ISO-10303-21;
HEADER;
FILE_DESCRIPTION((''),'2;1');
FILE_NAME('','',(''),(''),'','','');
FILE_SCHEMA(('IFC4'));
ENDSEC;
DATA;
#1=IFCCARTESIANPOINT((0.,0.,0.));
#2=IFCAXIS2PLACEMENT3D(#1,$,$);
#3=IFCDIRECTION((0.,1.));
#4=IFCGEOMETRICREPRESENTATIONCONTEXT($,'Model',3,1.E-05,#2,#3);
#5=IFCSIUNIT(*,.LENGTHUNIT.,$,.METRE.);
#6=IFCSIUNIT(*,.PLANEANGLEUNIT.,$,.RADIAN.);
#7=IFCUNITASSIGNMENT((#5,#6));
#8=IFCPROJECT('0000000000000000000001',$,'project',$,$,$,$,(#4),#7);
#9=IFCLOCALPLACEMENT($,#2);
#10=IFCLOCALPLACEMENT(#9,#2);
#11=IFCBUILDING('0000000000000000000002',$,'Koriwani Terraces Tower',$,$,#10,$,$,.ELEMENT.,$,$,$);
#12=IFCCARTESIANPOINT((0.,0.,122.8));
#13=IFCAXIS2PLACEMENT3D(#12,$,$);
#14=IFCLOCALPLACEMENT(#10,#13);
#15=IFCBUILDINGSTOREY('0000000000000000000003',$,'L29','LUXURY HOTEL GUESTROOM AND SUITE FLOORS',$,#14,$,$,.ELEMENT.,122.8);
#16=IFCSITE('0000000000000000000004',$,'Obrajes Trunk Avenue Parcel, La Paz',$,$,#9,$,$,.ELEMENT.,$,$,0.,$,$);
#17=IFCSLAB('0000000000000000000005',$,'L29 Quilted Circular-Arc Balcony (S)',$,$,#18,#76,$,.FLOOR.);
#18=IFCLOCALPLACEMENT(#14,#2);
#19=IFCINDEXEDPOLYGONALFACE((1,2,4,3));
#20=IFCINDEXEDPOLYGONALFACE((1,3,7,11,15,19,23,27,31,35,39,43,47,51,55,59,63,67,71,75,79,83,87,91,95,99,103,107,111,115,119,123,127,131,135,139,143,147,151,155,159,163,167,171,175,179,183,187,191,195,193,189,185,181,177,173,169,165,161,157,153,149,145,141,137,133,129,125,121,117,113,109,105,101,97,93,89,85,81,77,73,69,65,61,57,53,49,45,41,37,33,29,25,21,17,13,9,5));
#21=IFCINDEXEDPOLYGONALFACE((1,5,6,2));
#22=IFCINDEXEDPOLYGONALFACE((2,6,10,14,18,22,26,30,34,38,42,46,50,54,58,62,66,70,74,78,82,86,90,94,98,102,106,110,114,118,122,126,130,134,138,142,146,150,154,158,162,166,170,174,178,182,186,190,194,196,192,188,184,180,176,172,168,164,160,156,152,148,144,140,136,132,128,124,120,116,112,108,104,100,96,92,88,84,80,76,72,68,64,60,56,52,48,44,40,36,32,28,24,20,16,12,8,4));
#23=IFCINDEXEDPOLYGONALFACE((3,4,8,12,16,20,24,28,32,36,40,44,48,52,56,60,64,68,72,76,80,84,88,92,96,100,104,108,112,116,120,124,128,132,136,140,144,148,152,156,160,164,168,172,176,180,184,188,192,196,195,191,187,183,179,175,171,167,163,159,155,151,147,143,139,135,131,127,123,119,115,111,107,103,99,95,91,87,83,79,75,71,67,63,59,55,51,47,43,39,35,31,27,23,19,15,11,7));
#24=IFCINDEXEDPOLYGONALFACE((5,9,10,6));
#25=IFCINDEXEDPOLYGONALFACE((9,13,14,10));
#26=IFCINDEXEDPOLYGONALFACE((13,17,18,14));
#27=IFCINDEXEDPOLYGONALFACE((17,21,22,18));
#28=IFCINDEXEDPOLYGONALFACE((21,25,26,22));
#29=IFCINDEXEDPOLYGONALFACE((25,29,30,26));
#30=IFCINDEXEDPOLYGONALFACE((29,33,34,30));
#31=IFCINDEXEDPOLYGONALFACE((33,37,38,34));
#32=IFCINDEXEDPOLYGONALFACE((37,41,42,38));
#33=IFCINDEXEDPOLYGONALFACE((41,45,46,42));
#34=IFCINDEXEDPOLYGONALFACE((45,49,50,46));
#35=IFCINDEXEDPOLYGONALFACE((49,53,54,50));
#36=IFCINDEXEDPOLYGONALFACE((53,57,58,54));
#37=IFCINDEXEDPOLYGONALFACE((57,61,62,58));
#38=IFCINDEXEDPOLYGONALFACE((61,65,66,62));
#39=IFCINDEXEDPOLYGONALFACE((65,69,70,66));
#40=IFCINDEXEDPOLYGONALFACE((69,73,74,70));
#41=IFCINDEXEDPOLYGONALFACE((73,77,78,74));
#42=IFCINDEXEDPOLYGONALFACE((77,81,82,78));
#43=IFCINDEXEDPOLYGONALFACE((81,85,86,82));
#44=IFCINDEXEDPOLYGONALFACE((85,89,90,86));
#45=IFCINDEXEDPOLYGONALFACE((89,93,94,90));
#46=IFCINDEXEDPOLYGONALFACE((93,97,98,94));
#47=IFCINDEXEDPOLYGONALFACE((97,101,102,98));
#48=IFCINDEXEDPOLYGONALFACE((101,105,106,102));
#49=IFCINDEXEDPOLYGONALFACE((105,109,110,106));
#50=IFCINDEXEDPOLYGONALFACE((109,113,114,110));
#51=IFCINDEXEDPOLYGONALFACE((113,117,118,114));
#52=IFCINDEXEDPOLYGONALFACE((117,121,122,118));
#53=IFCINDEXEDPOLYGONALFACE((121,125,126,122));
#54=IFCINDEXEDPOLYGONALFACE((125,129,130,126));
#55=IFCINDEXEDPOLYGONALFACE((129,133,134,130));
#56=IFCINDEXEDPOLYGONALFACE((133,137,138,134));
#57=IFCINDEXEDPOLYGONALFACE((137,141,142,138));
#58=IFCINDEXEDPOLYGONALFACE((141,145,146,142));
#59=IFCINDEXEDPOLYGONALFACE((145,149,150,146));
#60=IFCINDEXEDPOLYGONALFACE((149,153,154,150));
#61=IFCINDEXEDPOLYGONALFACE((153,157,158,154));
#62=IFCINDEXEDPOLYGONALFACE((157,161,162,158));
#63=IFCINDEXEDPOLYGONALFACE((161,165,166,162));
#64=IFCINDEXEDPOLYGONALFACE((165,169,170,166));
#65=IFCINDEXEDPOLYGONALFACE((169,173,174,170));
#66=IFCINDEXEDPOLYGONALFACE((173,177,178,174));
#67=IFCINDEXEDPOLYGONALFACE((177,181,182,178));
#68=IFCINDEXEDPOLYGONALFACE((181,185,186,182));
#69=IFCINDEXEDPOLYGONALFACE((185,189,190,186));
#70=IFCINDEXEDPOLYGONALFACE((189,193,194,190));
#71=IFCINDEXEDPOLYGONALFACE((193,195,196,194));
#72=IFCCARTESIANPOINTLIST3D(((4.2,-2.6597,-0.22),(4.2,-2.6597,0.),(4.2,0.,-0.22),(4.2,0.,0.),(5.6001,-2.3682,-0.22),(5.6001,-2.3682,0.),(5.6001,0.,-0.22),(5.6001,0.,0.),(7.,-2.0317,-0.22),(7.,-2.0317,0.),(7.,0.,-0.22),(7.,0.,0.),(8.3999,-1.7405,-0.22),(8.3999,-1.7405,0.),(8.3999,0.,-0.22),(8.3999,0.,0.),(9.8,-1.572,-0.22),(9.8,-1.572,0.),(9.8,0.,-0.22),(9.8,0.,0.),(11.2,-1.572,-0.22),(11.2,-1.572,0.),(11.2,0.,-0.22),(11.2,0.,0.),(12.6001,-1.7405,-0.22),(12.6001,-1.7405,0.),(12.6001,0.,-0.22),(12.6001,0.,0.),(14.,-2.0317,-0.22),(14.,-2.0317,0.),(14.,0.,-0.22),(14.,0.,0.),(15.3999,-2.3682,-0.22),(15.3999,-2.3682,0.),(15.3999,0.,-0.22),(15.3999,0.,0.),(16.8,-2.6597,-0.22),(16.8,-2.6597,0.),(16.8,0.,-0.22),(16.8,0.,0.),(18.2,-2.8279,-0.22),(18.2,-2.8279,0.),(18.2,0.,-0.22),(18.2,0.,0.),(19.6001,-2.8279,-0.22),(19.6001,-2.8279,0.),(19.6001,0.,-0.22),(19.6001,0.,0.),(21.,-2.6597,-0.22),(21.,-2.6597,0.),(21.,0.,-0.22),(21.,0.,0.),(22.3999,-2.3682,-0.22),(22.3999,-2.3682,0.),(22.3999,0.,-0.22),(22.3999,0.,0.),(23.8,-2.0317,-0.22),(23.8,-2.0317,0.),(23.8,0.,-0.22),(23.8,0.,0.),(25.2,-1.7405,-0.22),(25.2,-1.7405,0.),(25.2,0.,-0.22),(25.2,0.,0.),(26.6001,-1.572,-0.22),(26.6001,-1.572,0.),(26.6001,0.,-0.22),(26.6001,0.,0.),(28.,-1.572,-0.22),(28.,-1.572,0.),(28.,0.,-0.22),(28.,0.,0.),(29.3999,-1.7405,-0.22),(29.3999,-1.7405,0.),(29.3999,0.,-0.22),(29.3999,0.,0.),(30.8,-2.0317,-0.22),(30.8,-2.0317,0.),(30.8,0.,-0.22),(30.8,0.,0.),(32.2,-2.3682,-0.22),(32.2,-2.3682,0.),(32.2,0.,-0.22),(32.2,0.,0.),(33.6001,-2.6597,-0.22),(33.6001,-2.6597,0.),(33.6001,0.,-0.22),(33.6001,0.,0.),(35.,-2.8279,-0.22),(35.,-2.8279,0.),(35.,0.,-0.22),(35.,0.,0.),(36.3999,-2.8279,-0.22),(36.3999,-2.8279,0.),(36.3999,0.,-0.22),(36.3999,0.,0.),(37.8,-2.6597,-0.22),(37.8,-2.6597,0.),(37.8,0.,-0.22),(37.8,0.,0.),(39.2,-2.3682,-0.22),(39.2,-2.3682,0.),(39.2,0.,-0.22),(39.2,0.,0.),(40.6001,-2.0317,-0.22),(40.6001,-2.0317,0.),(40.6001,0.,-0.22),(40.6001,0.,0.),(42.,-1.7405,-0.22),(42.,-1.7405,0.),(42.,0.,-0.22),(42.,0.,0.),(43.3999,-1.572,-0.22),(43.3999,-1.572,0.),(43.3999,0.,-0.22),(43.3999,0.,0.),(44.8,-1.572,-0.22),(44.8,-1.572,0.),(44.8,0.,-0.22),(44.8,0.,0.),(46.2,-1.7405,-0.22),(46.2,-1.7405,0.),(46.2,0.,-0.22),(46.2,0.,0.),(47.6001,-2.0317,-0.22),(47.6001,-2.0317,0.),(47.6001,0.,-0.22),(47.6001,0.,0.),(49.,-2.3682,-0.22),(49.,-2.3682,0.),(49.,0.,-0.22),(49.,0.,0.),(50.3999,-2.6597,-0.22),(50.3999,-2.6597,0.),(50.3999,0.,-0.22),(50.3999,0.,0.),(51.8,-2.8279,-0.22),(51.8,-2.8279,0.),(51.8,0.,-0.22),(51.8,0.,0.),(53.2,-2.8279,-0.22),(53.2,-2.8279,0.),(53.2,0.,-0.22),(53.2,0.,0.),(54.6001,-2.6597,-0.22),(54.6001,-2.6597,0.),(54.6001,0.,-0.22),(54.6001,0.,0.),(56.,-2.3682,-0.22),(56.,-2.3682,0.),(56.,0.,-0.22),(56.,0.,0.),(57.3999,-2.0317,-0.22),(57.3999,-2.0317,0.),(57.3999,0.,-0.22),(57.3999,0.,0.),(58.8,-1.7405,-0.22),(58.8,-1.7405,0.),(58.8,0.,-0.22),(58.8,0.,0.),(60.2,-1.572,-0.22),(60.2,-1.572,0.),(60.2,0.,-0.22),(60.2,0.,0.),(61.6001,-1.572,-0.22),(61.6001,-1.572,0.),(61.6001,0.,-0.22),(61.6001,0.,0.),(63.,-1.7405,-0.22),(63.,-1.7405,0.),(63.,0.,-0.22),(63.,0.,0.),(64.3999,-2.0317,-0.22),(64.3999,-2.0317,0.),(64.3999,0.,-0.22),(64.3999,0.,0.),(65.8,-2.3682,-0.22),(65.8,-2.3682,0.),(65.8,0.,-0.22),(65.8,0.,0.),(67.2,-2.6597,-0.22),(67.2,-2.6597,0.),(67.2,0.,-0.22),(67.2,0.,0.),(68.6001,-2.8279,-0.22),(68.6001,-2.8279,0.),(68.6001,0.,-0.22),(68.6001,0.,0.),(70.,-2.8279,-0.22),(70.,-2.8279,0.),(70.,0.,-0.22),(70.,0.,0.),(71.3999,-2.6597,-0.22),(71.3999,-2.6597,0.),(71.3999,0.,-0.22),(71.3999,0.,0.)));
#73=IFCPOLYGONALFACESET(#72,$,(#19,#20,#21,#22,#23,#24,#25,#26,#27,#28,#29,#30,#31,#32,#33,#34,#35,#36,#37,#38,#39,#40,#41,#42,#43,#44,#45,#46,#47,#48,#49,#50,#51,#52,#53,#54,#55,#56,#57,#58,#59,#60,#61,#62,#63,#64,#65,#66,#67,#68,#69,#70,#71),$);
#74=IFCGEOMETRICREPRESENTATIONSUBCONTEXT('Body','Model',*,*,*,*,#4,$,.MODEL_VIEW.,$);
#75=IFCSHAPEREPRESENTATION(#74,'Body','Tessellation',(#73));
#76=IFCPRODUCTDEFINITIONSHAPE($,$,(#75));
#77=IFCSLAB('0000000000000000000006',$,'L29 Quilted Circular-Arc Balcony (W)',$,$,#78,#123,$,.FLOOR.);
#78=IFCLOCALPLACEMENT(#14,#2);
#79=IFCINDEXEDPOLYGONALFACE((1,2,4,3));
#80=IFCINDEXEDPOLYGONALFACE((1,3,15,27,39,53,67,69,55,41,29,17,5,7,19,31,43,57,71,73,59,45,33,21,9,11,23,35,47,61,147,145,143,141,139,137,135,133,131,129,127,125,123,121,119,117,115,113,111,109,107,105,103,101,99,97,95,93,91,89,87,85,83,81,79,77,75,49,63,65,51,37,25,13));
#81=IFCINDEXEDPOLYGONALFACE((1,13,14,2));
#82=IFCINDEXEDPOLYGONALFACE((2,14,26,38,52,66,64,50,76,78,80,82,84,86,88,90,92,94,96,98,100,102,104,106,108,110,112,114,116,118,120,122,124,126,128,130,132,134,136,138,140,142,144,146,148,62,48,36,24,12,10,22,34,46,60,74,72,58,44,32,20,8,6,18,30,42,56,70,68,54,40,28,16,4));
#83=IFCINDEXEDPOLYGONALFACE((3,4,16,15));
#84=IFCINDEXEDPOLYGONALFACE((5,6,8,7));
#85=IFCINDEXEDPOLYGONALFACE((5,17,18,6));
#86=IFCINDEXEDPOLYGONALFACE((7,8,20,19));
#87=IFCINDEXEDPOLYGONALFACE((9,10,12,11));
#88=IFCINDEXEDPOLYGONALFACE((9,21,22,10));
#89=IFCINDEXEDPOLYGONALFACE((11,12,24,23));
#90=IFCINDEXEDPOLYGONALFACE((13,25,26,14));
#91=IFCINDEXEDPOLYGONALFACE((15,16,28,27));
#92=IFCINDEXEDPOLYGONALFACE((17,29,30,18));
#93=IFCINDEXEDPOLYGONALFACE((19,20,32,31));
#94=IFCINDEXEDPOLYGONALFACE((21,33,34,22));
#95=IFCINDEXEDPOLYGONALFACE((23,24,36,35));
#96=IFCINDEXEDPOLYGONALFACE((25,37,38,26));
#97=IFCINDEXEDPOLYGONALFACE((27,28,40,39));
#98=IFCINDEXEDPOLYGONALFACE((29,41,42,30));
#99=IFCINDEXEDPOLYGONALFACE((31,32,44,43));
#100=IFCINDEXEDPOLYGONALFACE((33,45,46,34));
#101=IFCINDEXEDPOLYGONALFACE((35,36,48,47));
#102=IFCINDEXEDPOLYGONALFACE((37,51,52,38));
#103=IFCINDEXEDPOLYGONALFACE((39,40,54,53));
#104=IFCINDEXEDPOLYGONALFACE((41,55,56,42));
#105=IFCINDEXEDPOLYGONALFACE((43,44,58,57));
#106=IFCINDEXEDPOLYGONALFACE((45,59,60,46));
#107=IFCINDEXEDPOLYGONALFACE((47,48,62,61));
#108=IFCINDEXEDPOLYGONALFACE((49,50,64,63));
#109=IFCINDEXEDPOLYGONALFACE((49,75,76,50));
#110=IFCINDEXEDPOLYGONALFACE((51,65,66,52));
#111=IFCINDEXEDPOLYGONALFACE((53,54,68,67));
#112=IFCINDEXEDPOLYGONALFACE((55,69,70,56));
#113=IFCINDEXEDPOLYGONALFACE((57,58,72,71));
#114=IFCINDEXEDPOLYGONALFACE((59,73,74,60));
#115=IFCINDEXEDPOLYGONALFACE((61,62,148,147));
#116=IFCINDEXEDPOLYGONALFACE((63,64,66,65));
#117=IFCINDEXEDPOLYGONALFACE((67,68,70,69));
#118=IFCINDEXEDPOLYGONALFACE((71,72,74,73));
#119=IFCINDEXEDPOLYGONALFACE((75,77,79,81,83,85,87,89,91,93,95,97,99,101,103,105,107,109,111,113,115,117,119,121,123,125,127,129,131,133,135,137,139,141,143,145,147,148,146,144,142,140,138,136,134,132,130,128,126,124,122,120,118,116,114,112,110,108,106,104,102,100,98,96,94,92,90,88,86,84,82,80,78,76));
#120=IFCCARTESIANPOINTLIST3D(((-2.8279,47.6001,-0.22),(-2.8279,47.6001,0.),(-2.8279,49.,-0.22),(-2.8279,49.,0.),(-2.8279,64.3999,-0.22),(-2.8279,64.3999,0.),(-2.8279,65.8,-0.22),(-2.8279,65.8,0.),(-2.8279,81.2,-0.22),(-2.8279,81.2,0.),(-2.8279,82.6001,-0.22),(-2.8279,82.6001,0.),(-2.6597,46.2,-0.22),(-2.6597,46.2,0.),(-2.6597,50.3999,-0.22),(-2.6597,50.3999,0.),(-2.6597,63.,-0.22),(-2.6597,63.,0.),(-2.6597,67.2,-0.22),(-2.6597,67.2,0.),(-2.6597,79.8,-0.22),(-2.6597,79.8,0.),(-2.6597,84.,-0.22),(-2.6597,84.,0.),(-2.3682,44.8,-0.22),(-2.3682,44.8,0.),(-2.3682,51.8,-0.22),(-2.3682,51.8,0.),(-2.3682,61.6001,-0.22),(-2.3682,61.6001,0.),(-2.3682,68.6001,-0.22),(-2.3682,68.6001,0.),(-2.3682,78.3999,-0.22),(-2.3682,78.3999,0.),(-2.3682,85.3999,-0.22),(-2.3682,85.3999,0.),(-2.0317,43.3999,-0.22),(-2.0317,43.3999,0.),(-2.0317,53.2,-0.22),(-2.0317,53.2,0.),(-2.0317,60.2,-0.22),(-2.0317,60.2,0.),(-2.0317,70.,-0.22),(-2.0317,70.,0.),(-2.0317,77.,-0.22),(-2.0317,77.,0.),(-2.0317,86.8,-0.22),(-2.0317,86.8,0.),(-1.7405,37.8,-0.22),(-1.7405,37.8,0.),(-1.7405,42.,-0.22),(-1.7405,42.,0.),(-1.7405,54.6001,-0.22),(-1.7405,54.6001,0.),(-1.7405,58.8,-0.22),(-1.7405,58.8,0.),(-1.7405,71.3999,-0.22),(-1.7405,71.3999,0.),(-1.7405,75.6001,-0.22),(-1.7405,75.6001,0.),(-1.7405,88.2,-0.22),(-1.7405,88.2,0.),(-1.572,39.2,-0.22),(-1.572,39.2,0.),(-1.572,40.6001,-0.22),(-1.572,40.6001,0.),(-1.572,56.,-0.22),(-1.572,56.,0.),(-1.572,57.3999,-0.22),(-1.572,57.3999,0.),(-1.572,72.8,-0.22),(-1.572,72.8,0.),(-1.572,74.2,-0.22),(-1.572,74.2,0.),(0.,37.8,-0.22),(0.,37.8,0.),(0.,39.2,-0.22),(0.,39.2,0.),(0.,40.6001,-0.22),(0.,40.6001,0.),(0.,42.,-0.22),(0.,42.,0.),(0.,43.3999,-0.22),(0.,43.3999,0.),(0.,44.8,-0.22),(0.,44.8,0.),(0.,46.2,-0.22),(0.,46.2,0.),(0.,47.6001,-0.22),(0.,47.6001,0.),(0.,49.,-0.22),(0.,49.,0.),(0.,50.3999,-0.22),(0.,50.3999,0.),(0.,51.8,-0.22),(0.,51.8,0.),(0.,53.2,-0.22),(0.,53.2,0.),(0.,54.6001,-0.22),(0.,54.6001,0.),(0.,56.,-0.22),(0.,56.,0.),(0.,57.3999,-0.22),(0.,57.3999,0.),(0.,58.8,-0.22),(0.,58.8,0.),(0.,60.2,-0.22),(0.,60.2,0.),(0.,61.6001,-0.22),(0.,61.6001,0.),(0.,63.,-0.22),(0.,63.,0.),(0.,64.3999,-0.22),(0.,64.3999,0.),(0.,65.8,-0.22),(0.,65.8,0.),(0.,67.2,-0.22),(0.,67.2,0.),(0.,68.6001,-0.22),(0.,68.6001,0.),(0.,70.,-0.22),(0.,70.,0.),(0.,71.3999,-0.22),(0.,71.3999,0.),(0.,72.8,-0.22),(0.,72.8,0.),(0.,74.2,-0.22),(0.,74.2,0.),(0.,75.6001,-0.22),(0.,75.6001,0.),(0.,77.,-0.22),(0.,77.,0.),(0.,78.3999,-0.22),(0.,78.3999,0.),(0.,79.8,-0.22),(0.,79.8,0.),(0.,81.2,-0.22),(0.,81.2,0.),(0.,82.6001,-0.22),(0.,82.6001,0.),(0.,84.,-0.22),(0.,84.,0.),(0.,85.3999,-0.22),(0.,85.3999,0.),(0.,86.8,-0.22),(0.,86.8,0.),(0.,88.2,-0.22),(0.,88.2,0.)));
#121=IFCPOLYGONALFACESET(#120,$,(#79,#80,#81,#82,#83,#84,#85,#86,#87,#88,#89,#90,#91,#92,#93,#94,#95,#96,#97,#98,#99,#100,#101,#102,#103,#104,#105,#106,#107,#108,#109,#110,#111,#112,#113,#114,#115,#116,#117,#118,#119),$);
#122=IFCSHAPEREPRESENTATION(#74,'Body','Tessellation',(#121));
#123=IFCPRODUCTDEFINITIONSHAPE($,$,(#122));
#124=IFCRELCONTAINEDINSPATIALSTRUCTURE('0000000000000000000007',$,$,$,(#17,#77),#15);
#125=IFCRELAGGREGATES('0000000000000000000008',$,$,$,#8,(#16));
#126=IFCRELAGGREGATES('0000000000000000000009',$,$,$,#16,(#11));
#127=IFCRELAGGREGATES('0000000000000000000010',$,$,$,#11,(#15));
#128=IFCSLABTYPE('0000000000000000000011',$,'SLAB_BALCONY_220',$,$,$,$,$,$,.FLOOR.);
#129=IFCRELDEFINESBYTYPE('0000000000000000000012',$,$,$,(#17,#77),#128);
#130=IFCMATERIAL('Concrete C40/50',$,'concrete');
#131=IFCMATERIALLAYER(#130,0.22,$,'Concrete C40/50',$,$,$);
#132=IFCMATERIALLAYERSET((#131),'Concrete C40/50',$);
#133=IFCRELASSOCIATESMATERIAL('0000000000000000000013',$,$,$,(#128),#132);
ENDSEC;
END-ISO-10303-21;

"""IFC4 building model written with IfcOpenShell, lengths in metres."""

from ifc_helpers import new_model, si_unit, direction, frame, origin, place, context, subcontext, project, spatial, polyline, outline, extrude, material, layer, layer_set, type_object, element, save


model = new_model("IFC4")

# Units and contexts
model_context = context("Model", 3, precision=1e-05, world=origin(), true_north=direction((0.0, 1.0)))
body_context = subcontext(model_context, "Body", "Model", "MODEL_VIEW")
ifc_project = project(units=[si_unit("LENGTHUNIT", "METRE"), si_unit("PLANEANGLEUNIT", "RADIAN")], contexts=[model_context])

# Site, building, storey
site_placement = place(None, origin())
site = spatial("IfcSite", under=ifc_project, at=site_placement, Name="Obrajes Trunk Avenue Parcel, La Paz", CompositionType="ELEMENT", RefElevation=0.0)
building_placement = place(site_placement, origin())
building = spatial("IfcBuilding", under=site, at=building_placement, Name="Koriwani Terraces Tower", CompositionType="ELEMENT")
storey_placement = place(building_placement, frame((0.0, 0.0, 122.8)))
storey = spatial("IfcBuildingStorey", under=building, at=storey_placement, Name="L29", Description="LUXURY HOTEL GUESTROOM AND SUITE FLOORS", CompositionType="ELEMENT", Elevation=122.8)

# Shared definitions
ifc_material_1 = material(Name="Concrete C40/50", Category="concrete")

# Slabs
ifc_layer_1 = layer(ifc_material_1, 0.22, Name="Concrete C40/50")
ifc_layer_set_1 = layer_set([ifc_layer_1], Name="Concrete C40/50")
slab_type_1 = type_object("IfcSlabType", Name="SLAB_BALCONY_220", PredefinedType="FLOOR", material=ifc_layer_set_1)
slab_1_placement = place(storey_placement, frame((0.0, 0.0, -0.22)))
element("IfcSlab", 1, at=slab_1_placement, inside=storey, type_object=slab_type_1, Name="L29 Quilted Circular-Arc Balcony (S)", PredefinedType="FLOOR", context=body_context, shape_type="SweptSolid", body=[
    extrude(outline(polyline([(4.2, 0.0), (5.6001, 0.0), (7.0, 0.0), (8.3999, 0.0), (9.8, 0.0), (11.2, 0.0), (12.6001, 0.0), (14.0, 0.0), (15.3999, 0.0), (16.8, 0.0), (18.2, 0.0), (19.6001, 0.0), (21.0, 0.0), (22.3999, 0.0), (23.8, 0.0), (25.2, 0.0), (26.6001, 0.0), (28.0, 0.0), (29.3999, 0.0), (30.8, 0.0), (32.2, 0.0), (33.6001, 0.0), (35.0, 0.0), (36.3999, 0.0), (37.8, 0.0), (39.2, 0.0), (40.6001, 0.0), (42.0, 0.0), (43.3999, 0.0), (44.8, 0.0), (46.2, 0.0), (47.6001, 0.0), (49.0, 0.0), (50.3999, 0.0), (51.8, 0.0), (53.2, 0.0), (54.6001, 0.0), (56.0, 0.0), (57.3999, 0.0), (58.8, 0.0), (60.2, 0.0), (61.6001, 0.0), (63.0, 0.0), (64.3999, 0.0), (65.8, 0.0), (67.2, 0.0), (68.6001, 0.0), (70.0, 0.0), (71.3999, 0.0), (71.3999, -2.6597), (70.0, -2.8279), (68.6001, -2.8279), (67.2, -2.6597), (65.8, -2.3682), (64.3999, -2.0317), (63.0, -1.7405), (61.6001, -1.572), (60.2, -1.572), (58.8, -1.7405), (57.3999, -2.0317), (56.0, -2.3682), (54.6001, -2.6597), (53.2, -2.8279), (51.8, -2.8279), (50.3999, -2.6597), (49.0, -2.3682), (47.6001, -2.0317), (46.2, -1.7405), (44.8, -1.572), (43.3999, -1.572), (42.0, -1.7405), (40.6001, -2.0317), (39.2, -2.3682), (37.8, -2.6597), (36.3999, -2.8279), (35.0, -2.8279), (33.6001, -2.6597), (32.2, -2.3682), (30.8, -2.0317), (29.3999, -1.7405), (28.0, -1.572), (26.6001, -1.572), (25.2, -1.7405), (23.8, -2.0317), (22.3999, -2.3682), (21.0, -2.6597), (19.6001, -2.8279), (18.2, -2.8279), (16.8, -2.6597), (15.3999, -2.3682), (14.0, -2.0317), (12.6001, -1.7405), (11.2, -1.572), (9.8, -1.572), (8.3999, -1.7405), (7.0, -2.0317), (5.6001, -2.3682), (4.2, -2.6597), (4.2, 0.0)])), origin(), (0.0, 0.0, 1.0), 0.22),
])
slab_2_placement = place(storey_placement, frame((0.0, 0.0, -0.22)))
element("IfcSlab", 2, at=slab_2_placement, inside=storey, type_object=slab_type_1, Name="L29 Quilted Circular-Arc Balcony (W)", PredefinedType="FLOOR", context=body_context, shape_type="SweptSolid", body=[
    extrude(outline(polyline([(0.0, 37.8), (0.0, 39.2), (0.0, 40.6001), (0.0, 42.0), (0.0, 43.3999), (0.0, 44.8), (0.0, 46.2), (0.0, 47.6001), (0.0, 49.0), (0.0, 50.3999), (0.0, 51.8), (0.0, 53.2), (0.0, 54.6001), (0.0, 56.0), (0.0, 57.3999), (0.0, 58.8), (0.0, 60.2), (0.0, 61.6001), (0.0, 63.0), (0.0, 64.3999), (0.0, 65.8), (0.0, 67.2), (0.0, 68.6001), (0.0, 70.0), (0.0, 71.3999), (0.0, 72.8), (0.0, 74.2), (0.0, 75.6001), (0.0, 77.0), (0.0, 78.3999), (0.0, 79.8), (0.0, 81.2), (0.0, 82.6001), (0.0, 84.0), (0.0, 85.3999), (0.0, 86.8), (0.0, 88.2), (-1.7405, 88.2), (-2.0317, 86.8), (-2.3682, 85.3999), (-2.6597, 84.0), (-2.8279, 82.6001), (-2.8279, 81.2), (-2.6597, 79.8), (-2.3682, 78.3999), (-2.0317, 77.0), (-1.7405, 75.6001), (-1.572, 74.2), (-1.572, 72.8), (-1.7405, 71.3999), (-2.0317, 70.0), (-2.3682, 68.6001), (-2.6597, 67.2), (-2.8279, 65.8), (-2.8279, 64.3999), (-2.6597, 63.0), (-2.3682, 61.6001), (-2.0317, 60.2), (-1.7405, 58.8), (-1.572, 57.3999), (-1.572, 56.0), (-1.7405, 54.6001), (-2.0317, 53.2), (-2.3682, 51.8), (-2.6597, 50.3999), (-2.8279, 49.0), (-2.8279, 47.6001), (-2.6597, 46.2), (-2.3682, 44.8), (-2.0317, 43.3999), (-1.7405, 42.0), (-1.572, 40.6001), (-1.572, 39.2), (-1.7405, 37.8), (0.0, 37.8)])), origin(), (0.0, 0.0, 1.0), 0.22),
])

save(model, "model.ifc")
